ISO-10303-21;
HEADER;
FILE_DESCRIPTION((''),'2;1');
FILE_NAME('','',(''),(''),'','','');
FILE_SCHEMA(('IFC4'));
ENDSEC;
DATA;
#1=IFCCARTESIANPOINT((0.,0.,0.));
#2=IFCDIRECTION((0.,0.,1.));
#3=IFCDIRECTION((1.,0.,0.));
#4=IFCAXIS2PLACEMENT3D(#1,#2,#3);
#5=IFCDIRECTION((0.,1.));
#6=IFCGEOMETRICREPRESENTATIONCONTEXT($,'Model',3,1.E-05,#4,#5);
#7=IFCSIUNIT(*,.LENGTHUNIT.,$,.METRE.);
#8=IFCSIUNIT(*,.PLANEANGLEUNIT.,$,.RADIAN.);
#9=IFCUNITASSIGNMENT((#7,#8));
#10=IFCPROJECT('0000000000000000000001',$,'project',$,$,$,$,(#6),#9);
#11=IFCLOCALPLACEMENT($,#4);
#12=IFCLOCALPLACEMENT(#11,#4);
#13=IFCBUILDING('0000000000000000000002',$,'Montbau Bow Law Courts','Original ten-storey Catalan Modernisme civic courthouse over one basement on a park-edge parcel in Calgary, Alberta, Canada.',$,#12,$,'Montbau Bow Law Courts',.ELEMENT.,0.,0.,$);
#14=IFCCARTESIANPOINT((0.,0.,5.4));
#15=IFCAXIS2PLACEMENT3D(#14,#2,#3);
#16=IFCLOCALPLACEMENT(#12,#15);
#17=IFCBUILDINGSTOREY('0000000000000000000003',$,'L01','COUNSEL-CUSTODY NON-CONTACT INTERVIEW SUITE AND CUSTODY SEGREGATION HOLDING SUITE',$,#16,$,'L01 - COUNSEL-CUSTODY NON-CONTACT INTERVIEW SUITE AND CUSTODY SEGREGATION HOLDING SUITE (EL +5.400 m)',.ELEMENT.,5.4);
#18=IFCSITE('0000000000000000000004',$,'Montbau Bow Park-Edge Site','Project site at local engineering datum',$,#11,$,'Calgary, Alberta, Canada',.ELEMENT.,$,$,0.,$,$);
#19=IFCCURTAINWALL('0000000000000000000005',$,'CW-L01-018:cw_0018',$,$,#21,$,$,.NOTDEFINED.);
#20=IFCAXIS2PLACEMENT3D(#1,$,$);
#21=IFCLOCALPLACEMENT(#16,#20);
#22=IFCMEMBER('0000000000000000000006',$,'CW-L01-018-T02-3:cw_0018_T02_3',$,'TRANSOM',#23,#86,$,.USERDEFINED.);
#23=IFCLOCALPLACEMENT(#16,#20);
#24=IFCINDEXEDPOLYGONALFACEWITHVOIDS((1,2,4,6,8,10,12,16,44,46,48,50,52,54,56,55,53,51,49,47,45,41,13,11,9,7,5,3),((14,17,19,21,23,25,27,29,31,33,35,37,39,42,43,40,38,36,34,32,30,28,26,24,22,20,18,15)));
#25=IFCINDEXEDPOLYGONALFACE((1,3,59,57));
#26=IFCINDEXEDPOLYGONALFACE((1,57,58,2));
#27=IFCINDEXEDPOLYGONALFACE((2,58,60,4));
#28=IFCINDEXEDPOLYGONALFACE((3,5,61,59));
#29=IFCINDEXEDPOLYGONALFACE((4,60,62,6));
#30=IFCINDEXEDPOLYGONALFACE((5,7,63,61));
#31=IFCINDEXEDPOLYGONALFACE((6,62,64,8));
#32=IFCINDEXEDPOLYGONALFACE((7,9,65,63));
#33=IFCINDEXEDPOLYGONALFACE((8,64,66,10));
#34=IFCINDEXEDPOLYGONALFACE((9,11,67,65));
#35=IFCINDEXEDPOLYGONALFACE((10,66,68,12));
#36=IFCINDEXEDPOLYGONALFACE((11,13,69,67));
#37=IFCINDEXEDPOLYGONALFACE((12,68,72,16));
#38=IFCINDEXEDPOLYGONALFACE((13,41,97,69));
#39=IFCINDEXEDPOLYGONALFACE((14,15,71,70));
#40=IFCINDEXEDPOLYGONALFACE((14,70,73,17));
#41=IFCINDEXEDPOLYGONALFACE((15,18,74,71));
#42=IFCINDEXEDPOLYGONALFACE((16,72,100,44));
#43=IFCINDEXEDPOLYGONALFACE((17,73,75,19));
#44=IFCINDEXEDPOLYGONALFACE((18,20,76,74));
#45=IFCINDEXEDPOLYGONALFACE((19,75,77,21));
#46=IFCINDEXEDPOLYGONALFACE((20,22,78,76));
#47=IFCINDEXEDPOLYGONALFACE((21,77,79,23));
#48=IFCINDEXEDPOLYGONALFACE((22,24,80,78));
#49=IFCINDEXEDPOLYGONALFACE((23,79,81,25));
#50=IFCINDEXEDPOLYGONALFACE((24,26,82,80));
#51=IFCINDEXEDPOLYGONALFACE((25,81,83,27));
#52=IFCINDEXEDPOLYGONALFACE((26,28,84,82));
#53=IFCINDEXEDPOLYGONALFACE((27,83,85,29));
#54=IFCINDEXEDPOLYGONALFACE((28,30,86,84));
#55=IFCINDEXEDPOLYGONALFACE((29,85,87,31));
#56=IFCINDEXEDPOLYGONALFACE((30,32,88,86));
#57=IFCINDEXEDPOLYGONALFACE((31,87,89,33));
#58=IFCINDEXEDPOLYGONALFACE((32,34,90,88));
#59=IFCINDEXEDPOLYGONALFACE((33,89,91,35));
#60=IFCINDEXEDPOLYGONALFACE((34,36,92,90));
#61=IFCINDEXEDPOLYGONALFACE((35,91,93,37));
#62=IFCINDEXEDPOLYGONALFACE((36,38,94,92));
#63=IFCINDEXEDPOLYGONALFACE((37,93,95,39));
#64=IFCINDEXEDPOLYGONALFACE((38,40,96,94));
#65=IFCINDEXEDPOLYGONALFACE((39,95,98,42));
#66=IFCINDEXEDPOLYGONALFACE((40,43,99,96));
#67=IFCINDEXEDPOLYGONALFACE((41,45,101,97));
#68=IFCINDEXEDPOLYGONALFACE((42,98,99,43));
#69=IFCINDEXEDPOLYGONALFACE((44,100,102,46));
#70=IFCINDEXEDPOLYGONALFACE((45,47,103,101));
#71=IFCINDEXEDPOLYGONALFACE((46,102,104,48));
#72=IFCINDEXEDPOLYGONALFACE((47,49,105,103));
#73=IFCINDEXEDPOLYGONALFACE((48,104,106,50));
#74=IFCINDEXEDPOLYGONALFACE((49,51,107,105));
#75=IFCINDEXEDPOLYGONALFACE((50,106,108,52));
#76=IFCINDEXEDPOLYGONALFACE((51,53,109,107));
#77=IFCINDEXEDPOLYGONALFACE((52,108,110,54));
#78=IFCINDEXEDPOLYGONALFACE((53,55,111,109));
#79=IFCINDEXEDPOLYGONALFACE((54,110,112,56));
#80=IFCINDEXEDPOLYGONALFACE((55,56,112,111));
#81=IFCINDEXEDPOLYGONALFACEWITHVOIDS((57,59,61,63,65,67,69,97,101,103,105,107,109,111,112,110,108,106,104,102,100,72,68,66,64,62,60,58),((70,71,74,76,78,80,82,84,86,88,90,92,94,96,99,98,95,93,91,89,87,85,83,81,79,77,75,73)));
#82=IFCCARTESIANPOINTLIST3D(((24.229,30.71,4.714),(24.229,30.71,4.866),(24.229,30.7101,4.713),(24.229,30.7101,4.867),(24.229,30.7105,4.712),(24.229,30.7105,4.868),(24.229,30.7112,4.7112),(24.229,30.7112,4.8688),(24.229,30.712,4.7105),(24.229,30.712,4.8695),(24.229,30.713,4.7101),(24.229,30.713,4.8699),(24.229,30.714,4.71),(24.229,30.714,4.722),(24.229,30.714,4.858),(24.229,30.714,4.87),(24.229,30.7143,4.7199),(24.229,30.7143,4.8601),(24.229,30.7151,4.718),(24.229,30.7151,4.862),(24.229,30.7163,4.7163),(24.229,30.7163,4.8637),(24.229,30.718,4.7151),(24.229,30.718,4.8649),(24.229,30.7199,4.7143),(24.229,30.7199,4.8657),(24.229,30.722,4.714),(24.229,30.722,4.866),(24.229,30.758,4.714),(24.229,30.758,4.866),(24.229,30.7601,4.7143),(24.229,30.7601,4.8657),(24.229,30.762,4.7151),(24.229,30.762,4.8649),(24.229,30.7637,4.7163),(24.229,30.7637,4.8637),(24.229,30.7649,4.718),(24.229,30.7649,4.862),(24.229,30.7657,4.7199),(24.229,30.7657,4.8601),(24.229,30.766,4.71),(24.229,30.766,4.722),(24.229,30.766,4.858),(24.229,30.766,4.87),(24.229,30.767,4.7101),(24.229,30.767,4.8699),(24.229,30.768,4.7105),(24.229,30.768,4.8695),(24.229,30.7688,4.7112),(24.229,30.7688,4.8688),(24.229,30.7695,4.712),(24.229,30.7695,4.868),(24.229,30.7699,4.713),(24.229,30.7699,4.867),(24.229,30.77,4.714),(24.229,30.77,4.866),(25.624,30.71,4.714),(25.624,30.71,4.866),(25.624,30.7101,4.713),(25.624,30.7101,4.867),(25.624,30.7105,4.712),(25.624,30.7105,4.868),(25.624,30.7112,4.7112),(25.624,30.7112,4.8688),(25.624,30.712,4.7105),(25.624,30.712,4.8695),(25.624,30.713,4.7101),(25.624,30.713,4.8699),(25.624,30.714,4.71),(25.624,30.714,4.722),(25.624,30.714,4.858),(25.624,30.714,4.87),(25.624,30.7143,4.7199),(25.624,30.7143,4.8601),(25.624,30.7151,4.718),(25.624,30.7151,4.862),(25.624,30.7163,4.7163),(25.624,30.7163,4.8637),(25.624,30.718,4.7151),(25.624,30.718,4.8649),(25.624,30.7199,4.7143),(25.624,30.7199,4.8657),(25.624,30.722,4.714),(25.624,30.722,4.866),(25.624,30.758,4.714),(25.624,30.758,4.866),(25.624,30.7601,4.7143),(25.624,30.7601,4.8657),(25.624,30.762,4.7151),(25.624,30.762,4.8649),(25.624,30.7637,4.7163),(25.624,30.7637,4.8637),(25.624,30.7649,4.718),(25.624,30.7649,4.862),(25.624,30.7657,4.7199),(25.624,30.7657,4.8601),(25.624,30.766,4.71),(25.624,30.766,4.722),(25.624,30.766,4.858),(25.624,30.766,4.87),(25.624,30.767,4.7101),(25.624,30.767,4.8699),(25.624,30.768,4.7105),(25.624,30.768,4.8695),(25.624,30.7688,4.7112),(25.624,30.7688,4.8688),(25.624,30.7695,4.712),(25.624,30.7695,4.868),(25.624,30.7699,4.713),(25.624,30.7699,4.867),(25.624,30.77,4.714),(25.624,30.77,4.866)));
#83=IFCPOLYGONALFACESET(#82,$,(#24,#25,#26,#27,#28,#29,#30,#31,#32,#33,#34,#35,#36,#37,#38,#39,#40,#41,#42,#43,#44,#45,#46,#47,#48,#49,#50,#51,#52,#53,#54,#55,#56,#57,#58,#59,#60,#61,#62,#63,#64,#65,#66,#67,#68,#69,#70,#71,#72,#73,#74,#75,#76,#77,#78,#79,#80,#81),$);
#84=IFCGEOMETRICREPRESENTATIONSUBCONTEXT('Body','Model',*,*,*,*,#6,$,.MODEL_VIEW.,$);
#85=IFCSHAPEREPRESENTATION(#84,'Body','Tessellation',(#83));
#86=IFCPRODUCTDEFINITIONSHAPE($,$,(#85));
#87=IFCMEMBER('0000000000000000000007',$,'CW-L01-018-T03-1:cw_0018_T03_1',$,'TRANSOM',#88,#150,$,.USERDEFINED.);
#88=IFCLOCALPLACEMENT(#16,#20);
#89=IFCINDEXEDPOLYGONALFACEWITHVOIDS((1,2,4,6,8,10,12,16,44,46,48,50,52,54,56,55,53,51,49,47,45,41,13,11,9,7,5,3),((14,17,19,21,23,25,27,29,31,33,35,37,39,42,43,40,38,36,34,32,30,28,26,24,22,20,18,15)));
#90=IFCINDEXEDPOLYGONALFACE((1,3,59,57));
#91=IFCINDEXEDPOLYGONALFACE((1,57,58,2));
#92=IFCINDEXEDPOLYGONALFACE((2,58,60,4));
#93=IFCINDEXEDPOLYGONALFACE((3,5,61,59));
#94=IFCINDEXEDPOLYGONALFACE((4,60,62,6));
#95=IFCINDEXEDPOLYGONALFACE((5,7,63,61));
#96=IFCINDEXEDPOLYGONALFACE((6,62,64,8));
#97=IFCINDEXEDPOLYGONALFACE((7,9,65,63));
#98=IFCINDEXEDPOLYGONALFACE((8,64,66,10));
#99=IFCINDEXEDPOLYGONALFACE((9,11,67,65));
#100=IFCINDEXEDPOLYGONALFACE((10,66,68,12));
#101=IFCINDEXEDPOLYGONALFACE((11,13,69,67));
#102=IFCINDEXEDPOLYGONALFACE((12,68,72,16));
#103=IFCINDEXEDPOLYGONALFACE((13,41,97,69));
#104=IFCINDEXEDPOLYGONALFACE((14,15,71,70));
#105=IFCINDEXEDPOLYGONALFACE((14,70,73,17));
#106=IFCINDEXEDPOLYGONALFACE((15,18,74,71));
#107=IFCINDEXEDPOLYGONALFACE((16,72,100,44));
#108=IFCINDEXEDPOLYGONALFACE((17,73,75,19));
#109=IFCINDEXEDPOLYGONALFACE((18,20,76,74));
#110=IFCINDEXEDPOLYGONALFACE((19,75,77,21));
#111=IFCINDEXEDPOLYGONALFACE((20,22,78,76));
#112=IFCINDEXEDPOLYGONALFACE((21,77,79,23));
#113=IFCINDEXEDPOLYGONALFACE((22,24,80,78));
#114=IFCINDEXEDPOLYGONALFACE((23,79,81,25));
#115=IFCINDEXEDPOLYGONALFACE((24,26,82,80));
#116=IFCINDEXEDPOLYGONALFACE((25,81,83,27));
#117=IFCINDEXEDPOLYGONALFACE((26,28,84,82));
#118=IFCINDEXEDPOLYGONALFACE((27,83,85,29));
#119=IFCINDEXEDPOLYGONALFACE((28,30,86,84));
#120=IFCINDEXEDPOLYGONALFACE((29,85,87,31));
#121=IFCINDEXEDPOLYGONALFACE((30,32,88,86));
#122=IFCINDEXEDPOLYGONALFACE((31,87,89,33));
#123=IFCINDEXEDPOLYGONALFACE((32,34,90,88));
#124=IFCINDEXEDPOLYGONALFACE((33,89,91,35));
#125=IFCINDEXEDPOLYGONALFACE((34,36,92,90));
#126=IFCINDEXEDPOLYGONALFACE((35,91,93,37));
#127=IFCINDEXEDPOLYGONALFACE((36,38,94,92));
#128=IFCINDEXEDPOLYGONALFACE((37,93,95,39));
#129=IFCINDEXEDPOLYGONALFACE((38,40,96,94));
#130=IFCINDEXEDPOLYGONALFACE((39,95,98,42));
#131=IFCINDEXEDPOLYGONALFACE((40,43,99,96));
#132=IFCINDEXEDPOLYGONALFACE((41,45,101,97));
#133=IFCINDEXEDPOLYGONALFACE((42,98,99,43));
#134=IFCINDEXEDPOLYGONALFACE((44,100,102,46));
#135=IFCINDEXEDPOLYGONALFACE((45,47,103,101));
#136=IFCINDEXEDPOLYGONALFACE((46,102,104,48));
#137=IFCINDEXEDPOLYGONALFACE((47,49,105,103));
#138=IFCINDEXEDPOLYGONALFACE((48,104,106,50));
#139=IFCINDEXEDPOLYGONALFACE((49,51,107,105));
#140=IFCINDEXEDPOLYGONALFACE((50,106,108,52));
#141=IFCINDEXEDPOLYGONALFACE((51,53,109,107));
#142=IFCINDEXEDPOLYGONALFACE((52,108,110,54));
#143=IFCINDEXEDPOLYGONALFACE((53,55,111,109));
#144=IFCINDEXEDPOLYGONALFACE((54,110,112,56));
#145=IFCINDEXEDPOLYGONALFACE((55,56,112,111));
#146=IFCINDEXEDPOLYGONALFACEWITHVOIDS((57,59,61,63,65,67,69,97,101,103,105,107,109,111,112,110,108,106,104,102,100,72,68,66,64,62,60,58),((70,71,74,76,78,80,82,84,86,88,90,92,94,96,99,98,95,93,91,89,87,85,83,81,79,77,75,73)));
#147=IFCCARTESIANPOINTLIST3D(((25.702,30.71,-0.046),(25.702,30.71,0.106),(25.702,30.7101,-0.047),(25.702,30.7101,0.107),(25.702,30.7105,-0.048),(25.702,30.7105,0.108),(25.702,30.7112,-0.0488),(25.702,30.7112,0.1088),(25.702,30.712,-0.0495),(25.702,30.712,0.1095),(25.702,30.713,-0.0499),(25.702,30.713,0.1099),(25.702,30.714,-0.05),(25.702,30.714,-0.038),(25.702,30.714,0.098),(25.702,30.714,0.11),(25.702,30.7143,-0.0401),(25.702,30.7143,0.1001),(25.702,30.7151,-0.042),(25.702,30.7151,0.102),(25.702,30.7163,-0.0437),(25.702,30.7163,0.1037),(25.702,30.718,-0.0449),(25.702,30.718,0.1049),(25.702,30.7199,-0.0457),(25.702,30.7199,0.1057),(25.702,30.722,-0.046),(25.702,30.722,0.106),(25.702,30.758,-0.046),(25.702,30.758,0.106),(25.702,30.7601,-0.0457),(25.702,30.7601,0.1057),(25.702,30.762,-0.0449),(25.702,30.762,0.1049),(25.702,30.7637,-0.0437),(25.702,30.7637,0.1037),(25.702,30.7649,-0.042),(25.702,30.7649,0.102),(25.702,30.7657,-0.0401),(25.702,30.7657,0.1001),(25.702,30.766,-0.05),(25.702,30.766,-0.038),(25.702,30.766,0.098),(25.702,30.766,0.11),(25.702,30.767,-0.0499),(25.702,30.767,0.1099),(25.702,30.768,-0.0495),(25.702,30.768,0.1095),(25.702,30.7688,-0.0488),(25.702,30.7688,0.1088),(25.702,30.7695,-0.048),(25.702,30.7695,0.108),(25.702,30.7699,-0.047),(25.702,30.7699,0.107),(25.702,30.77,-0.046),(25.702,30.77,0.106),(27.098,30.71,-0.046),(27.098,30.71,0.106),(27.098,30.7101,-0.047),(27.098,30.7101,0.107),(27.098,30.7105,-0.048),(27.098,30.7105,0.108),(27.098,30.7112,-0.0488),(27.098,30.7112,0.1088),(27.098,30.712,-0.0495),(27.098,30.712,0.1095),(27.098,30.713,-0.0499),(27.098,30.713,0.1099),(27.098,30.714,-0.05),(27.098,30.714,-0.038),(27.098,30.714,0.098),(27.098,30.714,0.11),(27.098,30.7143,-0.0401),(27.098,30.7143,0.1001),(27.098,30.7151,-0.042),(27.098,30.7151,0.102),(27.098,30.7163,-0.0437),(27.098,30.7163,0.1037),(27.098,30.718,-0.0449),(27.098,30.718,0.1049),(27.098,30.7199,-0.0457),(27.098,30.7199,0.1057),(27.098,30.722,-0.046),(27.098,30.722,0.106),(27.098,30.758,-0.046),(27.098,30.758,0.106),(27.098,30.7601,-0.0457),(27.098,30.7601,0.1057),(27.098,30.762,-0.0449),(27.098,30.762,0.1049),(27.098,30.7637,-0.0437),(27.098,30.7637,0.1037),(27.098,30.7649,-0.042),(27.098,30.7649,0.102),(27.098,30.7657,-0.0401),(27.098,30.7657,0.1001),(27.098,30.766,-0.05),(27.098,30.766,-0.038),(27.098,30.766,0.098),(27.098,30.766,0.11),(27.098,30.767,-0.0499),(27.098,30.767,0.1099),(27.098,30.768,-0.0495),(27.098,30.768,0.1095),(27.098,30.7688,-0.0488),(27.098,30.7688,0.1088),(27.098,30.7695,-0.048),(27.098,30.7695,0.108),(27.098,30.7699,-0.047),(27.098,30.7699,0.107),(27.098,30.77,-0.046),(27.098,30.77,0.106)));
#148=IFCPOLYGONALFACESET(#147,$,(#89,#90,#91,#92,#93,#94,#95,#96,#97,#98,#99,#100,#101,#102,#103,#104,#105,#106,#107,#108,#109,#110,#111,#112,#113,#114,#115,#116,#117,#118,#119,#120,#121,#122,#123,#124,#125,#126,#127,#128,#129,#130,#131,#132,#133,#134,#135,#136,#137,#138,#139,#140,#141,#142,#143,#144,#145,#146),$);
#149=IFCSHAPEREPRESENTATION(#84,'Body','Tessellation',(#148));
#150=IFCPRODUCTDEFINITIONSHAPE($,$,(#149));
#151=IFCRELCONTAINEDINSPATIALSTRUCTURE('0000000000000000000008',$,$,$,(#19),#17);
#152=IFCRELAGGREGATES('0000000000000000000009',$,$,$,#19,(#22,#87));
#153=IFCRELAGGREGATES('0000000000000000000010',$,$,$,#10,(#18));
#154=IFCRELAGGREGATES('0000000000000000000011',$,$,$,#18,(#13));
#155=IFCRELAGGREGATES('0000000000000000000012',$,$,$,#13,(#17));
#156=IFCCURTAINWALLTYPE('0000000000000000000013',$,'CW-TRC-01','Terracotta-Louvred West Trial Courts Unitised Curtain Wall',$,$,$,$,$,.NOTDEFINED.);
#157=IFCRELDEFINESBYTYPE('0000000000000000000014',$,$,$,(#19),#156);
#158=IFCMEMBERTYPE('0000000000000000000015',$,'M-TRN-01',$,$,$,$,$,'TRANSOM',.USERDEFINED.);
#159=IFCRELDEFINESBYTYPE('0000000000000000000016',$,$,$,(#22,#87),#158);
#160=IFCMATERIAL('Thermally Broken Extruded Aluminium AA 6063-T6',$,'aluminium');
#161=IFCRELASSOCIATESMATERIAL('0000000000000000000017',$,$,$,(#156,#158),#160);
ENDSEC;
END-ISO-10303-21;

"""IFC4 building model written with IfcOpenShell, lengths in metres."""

from ifc_helpers import new_model, si_unit, direction, frame, origin_with_axes, origin_2d_with_axis, place, context, subcontext, project, spatial, hollow_rectangle, extrude, material, material_profile, profile_set, type_object, element, aggregate, save


model = new_model("IFC4")

# Units and contexts
model_context = context("Model", 3, precision=1e-05, world=origin_with_axes(), true_north=direction((0.0, 1.0)))
body_context = subcontext(model_context, "Body", "Model", "MODEL_VIEW")
ifc_project = project(units=[si_unit("LENGTHUNIT", "METRE"), si_unit("PLANEANGLEUNIT", "RADIAN")], contexts=[model_context])

# Site, building, storey
site_placement = place(None, origin_with_axes())
site = spatial("IfcSite", under=ifc_project, at=site_placement, Name="Montbau Bow Park-Edge Site", Description="Project site at local engineering datum", LongName="Calgary, Alberta, Canada", CompositionType="ELEMENT", RefElevation=0.0)
building_placement = place(site_placement, origin_with_axes())
building = spatial("IfcBuilding", under=site, at=building_placement, Name="Montbau Bow Law Courts", Description="Original ten-storey Catalan Modernisme civic courthouse over one basement on a park-edge parcel in Calgary, Alberta, Canada.", LongName="Montbau Bow Law Courts", CompositionType="ELEMENT", ElevationOfRefHeight=0.0, ElevationOfTerrain=0.0)
storey_placement = place(building_placement, frame((0.0, 0.0, 5.4), z_axis=(0.0, 0.0, 1.0), x_axis=(1.0, 0.0, 0.0)))
storey = spatial("IfcBuildingStorey", under=building, at=storey_placement, Name="L01", Description="COUNSEL-CUSTODY NON-CONTACT INTERVIEW SUITE AND CUSTODY SEGREGATION HOLDING SUITE", LongName="L01 - COUNSEL-CUSTODY NON-CONTACT INTERVIEW SUITE AND CUSTODY SEGREGATION HOLDING SUITE (EL +5.400 m)", CompositionType="ELEMENT", Elevation=5.4)

# Curtain wall
ifc_material_1 = material(Name="Thermally Broken Extruded Aluminium AA 6063-T6", Category="aluminium")
curtain_wall_type = type_object("IfcCurtainWallType", Name="CW-TRC-01", Description="Terracotta-Louvred West Trial Courts Unitised Curtain Wall", PredefinedType="NOTDEFINED", material=ifc_material_1)
curtain_wall_1_placement = place(None, frame((22.715, 30.74, 5.4), z_axis=(0.0, 0.0, 1.0), x_axis=(1.0, 0.0, 0.0)))
curtain_wall_1 = element("IfcCurtainWall", 1, at=curtain_wall_1_placement, inside=storey, type_object=curtain_wall_type, Name="CW-L01-018:cw_0018", PredefinedType="NOTDEFINED")

# Members
ifc_material_profile_1 = material_profile(ifc_material_1, hollow_rectangle(XDim=0.06, YDim=0.16, WallThickness=0.004, InnerFilletRadius=0.008, OuterFilletRadius=0.004, at=origin_2d_with_axis()), Name="CWT-160X60", Category="Main", Priority=0)
ifc_profile_set_1 = profile_set([ifc_material_profile_1], Name="Thermally Broken Extruded Aluminium AA 6063-T6")
member_type_1 = type_object("IfcMemberType", Name="M-TRN-01", ElementType="TRANSOM", PredefinedType="USERDEFINED", material=ifc_profile_set_1)
member_1_placement = place(None, frame((24.229, 30.74, 10.19), z_axis=(1.0, 0.0, 0.0), x_axis=(0.0, 1.0, 0.0)))
member_1 = element("IfcMember", 2, at=member_1_placement, type_object=member_type_1, Name="CW-L01-018-T02-3:cw_0018_T02_3", ObjectType="TRANSOM", PredefinedType="USERDEFINED", context=body_context, shape_type="SweptSolid", body=[
    extrude(hollow_rectangle(XDim=0.06, YDim=0.16, WallThickness=0.004, InnerFilletRadius=0.008, OuterFilletRadius=0.004, at=origin_2d_with_axis()), origin_with_axes(), (0.0, 0.0, 1.0), 1.395),
])
member_2_placement = place(None, frame((25.702, 30.74, 5.43), z_axis=(1.0, 0.0, 0.0), x_axis=(0.0, 1.0, 0.0)))
member_2 = element("IfcMember", 3, at=member_2_placement, type_object=member_type_1, Name="CW-L01-018-T03-1:cw_0018_T03_1", ObjectType="TRANSOM", PredefinedType="USERDEFINED", context=body_context, shape_type="SweptSolid", body=[
    extrude(hollow_rectangle(XDim=0.06, YDim=0.16, WallThickness=0.004, InnerFilletRadius=0.008, OuterFilletRadius=0.004, at=origin_2d_with_axis()), origin_with_axes(), (0.0, 0.0, 1.0), 1.396),
])

aggregate(curtain_wall_1, [member_1, member_2])

save(model, "model.ifc")
